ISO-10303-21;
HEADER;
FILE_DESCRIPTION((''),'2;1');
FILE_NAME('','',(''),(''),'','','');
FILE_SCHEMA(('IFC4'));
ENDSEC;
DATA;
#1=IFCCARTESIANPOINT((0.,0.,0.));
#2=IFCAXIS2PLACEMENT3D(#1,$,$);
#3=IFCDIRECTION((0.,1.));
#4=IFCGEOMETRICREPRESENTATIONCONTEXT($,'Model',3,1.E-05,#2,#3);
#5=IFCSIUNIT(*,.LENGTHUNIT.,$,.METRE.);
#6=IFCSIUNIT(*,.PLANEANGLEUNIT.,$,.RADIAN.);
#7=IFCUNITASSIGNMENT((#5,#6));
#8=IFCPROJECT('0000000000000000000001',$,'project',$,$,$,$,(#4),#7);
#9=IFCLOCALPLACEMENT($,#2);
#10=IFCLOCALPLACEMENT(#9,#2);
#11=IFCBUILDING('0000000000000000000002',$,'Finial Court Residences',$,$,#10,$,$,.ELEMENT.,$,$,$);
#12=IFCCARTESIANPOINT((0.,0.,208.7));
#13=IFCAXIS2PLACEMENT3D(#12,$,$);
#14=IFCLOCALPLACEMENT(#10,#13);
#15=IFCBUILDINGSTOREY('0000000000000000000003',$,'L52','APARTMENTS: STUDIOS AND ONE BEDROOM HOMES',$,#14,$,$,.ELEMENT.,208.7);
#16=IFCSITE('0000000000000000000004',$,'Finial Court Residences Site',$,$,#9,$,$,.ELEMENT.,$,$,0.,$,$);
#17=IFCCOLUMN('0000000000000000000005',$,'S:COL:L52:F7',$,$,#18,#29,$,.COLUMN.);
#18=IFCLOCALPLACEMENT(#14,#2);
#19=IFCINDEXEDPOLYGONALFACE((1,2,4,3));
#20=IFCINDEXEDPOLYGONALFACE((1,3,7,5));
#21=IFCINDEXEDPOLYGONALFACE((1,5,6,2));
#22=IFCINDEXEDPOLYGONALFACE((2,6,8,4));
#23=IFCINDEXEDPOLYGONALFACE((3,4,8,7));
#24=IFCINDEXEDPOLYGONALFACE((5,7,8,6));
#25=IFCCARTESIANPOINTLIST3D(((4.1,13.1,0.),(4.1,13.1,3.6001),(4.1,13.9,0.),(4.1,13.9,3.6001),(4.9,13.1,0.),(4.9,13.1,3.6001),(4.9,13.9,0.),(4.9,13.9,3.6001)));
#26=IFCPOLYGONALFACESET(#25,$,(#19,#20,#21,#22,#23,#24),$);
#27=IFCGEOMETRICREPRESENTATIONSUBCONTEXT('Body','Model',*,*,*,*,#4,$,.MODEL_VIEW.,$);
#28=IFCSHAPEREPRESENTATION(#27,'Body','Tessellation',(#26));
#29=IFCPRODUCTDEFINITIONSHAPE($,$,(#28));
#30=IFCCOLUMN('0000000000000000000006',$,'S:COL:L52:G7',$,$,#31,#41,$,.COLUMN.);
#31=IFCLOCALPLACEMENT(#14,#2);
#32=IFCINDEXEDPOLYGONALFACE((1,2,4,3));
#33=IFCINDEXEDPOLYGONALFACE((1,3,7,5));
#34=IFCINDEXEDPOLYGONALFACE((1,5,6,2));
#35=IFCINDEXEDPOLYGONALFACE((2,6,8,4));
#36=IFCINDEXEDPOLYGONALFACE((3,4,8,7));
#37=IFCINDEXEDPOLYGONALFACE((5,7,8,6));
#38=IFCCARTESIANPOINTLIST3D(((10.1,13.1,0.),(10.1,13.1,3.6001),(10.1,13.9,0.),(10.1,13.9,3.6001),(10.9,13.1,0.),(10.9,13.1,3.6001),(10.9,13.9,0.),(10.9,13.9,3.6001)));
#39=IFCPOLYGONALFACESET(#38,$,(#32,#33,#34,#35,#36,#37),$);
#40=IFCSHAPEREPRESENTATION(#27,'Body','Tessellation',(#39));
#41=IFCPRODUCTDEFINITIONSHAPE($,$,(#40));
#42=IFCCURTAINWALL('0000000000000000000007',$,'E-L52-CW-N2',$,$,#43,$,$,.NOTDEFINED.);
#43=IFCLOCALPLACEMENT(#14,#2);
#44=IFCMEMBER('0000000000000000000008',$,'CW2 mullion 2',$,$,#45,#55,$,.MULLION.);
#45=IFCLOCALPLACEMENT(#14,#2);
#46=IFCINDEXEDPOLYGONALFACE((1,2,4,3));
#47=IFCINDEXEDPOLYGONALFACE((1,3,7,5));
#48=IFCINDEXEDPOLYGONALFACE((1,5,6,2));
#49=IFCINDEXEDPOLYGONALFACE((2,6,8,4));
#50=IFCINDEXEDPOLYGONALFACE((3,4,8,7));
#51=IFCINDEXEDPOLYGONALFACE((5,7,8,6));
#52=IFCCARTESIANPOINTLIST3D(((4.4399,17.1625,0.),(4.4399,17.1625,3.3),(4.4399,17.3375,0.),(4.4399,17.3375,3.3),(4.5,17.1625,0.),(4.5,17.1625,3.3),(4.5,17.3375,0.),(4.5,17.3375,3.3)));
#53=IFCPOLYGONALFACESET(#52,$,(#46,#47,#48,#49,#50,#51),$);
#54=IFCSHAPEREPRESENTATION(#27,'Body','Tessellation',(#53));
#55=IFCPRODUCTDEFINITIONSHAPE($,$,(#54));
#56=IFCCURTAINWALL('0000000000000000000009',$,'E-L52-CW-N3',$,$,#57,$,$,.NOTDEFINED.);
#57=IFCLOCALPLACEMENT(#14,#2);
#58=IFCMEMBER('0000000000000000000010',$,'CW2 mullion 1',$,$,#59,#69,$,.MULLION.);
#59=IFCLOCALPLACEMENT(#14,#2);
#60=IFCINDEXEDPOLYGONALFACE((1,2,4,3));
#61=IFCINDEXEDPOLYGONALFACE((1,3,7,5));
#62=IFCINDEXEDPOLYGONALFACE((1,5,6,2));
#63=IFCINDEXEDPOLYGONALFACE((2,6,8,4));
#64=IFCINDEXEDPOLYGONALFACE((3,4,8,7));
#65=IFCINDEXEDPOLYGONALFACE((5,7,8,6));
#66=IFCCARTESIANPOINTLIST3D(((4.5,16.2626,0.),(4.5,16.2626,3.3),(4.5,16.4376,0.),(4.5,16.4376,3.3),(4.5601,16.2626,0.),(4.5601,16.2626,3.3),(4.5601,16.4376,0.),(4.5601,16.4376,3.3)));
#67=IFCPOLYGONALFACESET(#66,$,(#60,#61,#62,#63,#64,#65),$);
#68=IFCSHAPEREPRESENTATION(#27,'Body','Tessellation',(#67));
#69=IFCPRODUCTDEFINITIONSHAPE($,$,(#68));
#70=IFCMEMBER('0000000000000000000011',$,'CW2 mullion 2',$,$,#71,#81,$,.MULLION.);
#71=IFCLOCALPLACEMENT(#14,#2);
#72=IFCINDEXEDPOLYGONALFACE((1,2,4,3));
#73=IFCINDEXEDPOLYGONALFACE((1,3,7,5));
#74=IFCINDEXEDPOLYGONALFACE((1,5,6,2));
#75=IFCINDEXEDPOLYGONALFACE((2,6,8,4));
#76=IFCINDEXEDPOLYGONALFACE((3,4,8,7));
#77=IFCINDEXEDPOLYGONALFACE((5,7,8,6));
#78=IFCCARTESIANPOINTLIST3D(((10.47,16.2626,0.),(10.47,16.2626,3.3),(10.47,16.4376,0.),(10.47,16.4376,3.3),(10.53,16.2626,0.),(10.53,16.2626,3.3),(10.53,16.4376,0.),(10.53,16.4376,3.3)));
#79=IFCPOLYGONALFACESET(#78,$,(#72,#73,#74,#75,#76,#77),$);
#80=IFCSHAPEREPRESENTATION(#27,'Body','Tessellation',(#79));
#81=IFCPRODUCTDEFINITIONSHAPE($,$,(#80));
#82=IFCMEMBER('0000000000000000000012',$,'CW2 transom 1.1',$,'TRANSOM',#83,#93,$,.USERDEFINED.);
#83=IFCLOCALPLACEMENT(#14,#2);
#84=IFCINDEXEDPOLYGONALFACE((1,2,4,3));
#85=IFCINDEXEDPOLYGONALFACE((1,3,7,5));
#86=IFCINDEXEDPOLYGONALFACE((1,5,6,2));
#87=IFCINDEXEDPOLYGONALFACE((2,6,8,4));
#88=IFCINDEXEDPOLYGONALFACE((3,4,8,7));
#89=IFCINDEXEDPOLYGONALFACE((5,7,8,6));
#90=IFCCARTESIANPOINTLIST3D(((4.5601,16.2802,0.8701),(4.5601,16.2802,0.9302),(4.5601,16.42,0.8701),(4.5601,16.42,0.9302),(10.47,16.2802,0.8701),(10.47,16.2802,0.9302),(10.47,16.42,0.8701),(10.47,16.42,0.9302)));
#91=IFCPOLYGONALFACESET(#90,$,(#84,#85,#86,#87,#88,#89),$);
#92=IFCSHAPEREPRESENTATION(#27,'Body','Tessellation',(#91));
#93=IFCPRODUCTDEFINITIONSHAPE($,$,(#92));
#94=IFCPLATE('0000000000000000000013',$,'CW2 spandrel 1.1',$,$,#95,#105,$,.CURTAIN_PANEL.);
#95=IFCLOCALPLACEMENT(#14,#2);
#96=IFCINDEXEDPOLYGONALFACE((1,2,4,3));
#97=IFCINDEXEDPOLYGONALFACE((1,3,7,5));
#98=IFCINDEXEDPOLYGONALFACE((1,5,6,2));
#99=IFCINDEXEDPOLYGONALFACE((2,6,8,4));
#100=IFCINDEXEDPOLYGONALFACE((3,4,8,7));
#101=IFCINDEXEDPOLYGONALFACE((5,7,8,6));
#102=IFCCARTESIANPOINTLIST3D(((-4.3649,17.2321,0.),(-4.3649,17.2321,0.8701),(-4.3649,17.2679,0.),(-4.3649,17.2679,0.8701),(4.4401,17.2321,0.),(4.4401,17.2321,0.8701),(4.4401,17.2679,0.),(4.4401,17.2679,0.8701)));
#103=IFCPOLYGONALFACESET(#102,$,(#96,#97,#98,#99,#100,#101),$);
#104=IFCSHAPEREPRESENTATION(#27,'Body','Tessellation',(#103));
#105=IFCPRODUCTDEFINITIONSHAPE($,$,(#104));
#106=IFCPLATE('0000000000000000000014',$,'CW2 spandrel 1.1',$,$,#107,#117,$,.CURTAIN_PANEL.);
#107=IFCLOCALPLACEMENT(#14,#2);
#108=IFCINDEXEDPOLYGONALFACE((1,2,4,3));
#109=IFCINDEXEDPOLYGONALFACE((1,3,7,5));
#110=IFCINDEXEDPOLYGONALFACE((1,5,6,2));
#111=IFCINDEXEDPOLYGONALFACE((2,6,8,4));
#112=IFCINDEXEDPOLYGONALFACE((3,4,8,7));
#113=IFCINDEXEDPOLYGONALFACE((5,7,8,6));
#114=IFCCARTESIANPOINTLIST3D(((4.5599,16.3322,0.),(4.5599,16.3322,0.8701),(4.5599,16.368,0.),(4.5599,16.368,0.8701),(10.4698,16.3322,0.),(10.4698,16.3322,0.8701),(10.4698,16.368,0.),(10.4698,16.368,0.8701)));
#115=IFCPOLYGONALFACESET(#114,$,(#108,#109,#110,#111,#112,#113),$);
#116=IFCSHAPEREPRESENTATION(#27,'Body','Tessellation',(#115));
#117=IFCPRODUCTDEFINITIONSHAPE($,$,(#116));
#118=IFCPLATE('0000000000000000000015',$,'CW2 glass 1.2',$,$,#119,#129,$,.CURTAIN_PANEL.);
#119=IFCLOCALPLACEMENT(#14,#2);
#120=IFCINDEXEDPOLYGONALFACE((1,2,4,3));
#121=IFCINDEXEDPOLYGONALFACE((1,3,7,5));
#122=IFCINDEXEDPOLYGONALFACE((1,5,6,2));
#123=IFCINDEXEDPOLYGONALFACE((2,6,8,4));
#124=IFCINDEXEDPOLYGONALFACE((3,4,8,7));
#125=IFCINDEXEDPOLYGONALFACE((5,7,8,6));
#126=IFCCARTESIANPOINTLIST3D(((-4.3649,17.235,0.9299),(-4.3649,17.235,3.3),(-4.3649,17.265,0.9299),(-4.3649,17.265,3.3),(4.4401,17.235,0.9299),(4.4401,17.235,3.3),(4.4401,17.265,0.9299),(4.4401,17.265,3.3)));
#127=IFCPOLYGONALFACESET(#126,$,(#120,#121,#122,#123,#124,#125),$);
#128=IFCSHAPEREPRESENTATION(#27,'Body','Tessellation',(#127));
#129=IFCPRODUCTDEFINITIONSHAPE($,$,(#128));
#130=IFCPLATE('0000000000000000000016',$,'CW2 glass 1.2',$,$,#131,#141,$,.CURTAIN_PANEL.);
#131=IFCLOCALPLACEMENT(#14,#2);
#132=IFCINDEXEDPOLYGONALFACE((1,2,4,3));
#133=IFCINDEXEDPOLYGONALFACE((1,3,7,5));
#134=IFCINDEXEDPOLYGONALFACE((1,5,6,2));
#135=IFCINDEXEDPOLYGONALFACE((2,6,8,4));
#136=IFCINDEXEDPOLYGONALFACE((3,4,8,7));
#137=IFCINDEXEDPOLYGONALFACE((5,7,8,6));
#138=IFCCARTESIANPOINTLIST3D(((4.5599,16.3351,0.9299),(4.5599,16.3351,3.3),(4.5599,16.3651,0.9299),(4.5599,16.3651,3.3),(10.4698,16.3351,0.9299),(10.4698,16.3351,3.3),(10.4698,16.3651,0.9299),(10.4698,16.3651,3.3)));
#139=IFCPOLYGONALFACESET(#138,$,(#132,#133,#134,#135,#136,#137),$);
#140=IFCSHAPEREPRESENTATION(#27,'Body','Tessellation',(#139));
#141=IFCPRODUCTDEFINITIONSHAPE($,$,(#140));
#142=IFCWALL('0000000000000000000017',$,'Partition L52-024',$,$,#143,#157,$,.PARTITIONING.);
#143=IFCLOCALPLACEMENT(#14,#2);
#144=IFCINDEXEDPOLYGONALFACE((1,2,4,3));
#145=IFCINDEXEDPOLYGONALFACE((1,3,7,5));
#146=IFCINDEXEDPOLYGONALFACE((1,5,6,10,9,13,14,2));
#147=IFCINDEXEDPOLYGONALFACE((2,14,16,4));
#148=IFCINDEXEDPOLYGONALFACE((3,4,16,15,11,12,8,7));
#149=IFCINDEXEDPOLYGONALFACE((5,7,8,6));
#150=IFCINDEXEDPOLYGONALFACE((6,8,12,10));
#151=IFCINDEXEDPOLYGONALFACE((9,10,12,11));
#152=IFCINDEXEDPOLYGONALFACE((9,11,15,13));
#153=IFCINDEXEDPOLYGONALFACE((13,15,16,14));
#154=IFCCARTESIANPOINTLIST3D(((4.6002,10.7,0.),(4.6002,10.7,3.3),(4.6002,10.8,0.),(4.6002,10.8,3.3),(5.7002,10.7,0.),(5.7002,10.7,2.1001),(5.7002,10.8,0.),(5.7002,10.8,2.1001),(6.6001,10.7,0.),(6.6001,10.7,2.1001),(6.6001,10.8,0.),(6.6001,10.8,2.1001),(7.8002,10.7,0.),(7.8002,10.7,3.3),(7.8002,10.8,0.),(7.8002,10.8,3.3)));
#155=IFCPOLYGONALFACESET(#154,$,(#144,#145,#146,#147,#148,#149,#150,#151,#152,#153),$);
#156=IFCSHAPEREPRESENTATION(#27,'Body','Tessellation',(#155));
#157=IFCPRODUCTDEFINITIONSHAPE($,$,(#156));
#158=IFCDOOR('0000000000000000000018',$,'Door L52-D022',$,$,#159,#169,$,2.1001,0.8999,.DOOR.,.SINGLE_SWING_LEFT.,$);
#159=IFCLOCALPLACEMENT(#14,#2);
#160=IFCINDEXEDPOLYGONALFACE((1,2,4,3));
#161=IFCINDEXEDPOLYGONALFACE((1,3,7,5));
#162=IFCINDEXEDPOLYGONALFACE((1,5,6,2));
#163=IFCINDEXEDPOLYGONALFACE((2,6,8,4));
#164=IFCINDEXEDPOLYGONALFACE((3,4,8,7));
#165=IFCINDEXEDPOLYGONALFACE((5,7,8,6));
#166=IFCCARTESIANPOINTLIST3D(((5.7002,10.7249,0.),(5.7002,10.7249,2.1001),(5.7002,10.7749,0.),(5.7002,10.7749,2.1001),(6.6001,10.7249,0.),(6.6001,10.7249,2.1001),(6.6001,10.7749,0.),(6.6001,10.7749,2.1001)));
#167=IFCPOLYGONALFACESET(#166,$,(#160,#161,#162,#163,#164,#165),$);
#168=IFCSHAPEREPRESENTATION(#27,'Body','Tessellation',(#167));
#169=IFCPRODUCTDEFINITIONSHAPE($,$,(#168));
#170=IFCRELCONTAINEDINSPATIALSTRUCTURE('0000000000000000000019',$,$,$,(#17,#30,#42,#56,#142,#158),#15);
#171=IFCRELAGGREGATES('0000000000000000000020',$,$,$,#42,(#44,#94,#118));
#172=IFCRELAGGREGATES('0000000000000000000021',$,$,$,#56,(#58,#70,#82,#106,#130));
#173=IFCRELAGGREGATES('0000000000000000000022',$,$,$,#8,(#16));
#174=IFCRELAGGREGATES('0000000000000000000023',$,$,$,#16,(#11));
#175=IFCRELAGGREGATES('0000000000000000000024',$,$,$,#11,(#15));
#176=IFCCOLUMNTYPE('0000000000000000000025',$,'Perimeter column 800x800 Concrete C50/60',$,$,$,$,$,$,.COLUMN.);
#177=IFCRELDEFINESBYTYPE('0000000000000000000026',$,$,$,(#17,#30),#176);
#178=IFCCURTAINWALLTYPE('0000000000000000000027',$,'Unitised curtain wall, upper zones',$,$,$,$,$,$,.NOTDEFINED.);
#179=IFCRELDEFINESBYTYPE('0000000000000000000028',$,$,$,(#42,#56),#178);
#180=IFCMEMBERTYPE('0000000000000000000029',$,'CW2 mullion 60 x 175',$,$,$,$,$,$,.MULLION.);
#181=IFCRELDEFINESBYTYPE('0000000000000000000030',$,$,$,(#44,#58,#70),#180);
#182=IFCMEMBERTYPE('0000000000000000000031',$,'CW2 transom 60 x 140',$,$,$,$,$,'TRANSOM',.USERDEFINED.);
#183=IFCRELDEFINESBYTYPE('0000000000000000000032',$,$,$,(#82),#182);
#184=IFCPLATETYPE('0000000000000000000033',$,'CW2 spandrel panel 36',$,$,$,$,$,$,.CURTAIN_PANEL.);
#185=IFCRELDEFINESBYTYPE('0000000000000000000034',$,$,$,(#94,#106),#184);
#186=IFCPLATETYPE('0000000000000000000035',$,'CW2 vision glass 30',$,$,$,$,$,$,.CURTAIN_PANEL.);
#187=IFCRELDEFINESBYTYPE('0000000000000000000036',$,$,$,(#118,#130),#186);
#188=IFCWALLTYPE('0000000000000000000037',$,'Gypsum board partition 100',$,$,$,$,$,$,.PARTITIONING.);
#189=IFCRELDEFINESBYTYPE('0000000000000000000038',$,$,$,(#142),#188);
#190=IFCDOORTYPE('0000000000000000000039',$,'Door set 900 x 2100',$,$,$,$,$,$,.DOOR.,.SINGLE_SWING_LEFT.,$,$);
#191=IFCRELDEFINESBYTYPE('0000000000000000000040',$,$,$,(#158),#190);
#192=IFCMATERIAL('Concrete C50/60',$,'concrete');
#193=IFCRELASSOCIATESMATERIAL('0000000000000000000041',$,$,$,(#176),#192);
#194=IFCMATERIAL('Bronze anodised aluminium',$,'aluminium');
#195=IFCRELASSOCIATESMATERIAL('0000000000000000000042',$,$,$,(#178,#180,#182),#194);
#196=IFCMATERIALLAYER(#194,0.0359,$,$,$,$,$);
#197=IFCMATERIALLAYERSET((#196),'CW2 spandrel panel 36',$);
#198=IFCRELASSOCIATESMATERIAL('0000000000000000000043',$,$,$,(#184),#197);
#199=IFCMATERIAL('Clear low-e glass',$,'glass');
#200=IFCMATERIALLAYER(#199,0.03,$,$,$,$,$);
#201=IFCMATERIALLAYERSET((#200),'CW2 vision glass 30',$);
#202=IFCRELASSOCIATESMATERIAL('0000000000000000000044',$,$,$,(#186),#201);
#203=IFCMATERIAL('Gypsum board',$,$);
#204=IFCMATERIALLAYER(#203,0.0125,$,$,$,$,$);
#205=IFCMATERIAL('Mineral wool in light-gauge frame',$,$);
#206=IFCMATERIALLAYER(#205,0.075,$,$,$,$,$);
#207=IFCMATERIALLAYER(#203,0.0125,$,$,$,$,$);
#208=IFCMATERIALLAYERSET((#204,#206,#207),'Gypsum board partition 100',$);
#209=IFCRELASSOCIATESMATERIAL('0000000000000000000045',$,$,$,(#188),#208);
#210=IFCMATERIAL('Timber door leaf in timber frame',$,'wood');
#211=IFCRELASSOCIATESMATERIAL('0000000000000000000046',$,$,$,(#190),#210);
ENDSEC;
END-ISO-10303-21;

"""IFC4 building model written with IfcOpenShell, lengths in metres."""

from ifc_helpers import new_model, si_unit, direction, frame, frame_2d, origin, origin_2d, place, context, subcontext, project, spatial, rectangle, extrude, material, layer, layer_set, material_profile, profile_set, type_object, element, fill, aggregate, save


model = new_model("IFC4")

# Units and contexts
model_context = context("Model", 3, precision=1e-05, world=origin(), true_north=direction((0.0, 1.0)))
body_context = subcontext(model_context, "Body", "Model", "MODEL_VIEW")
ifc_project = project(units=[si_unit("LENGTHUNIT", "METRE"), si_unit("PLANEANGLEUNIT", "RADIAN")], contexts=[model_context])

# Site, building, storey
site_placement = place(None, origin())
site = spatial("IfcSite", under=ifc_project, at=site_placement, Name="Finial Court Residences Site", CompositionType="ELEMENT", RefElevation=0.0)
building_placement = place(site_placement, origin())
building = spatial("IfcBuilding", under=site, at=building_placement, Name="Finial Court Residences", CompositionType="ELEMENT")
storey_placement = place(building_placement, frame((0.0, 0.0, 208.7)))
storey = spatial("IfcBuildingStorey", under=building, at=storey_placement, Name="L52", Description="APARTMENTS: STUDIOS AND ONE BEDROOM HOMES", CompositionType="ELEMENT", Elevation=208.7)

# Columns
ifc_material_1 = material(Name="Concrete C50/60", Category="concrete")
ifc_material_profile_1 = material_profile(ifc_material_1, rectangle(XDim=0.8, YDim=0.8, at=origin_2d()), Name="800x800")
ifc_profile_set_1 = profile_set([ifc_material_profile_1], Name="Concrete C50/60")
column_type = type_object("IfcColumnType", Name="Perimeter column 800x800 Concrete C50/60", PredefinedType="COLUMN", material=ifc_profile_set_1)
for number, where, z_axis, x_axis, name in (
    (1, (4.5, 13.5, 0.0), (0.0, 0.0, 1.0), (1.0, 0.0, 0.0), "S:COL:L52:F7"),
    (2, (10.5, 13.5, 0.0), (0.0, 0.0, 1.0), (1.0, 0.0, 0.0), "S:COL:L52:G7"),
):
    element("IfcColumn", number, at=place(storey_placement, frame(where, z_axis=z_axis, x_axis=x_axis)), inside=storey, type_object=column_type, Name=name, PredefinedType="COLUMN", context=body_context, shape_type="SweptSolid", body=[
        extrude(rectangle(XDim=0.8, YDim=0.8, at=origin_2d()), origin(), (0.0, 0.0, 1.0), 3.6001),
    ])

# Curtain wall, member
ifc_material_2 = material(Name="Bronze anodised aluminium", Category="aluminium")
curtain_wall_type = type_object("IfcCurtainWallType", Name="Unitised curtain wall, upper zones", PredefinedType="NOTDEFINED", material=ifc_material_2)
curtain_wall_1_placement = place(storey_placement, origin())
curtain_wall_1 = element("IfcCurtainWall", 3, at=curtain_wall_1_placement, inside=storey, type_object=curtain_wall_type, Name="E-L52-CW-N2", PredefinedType="NOTDEFINED")
ifc_material_profile_2 = material_profile(ifc_material_2, rectangle(XDim=0.175, YDim=0.0601, at=origin_2d()), Name="CW2 mullion 60 x 175")
ifc_profile_set_2 = profile_set([ifc_material_profile_2], Name="Bronze anodised aluminium")
member_type_1 = type_object("IfcMemberType", Name="CW2 mullion 60 x 175", PredefinedType="MULLION", material=ifc_profile_set_2)
member_1_placement = place(storey_placement, frame((4.47, 17.25, 0.0), z_axis=(0.0, 0.0, 1.0), x_axis=(0.0, 1.0, 0.0)))
member_1 = element("IfcMember", 4, at=member_1_placement, type_object=member_type_1, Name="CW2 mullion 2", PredefinedType="MULLION", context=body_context, shape_type="SweptSolid", body=[
    extrude(rectangle(XDim=0.175, YDim=0.0601, at=origin_2d()), origin(), (0.0, 0.0, 1.0), 3.3),
])

# Curtain wall, members
curtain_wall_2_placement = place(storey_placement, origin())
curtain_wall_2 = element("IfcCurtainWall", 5, at=curtain_wall_2_placement, inside=storey, type_object=curtain_wall_type, Name="E-L52-CW-N3", PredefinedType="NOTDEFINED")
member_2_placement = place(storey_placement, frame((4.53, 16.3501, 0.0), z_axis=(0.0, 0.0, 1.0), x_axis=(0.0, 1.0, 0.0)))
member_2 = element("IfcMember", 6, at=member_2_placement, type_object=member_type_1, Name="CW2 mullion 1", PredefinedType="MULLION", context=body_context, shape_type="SweptSolid", body=[
    extrude(rectangle(XDim=0.175, YDim=0.0601, at=origin_2d()), origin(), (0.0, 0.0, 1.0), 3.3),
])
member_3_placement = place(storey_placement, frame((10.5, 16.3501, 0.0), z_axis=(0.0, 0.0, 1.0), x_axis=(0.0, 1.0, 0.0)))
member_3 = element("IfcMember", 7, at=member_3_placement, type_object=member_type_1, Name="CW2 mullion 2", PredefinedType="MULLION", context=body_context, shape_type="SweptSolid", body=[
    extrude(rectangle(XDim=0.175, YDim=0.0601, at=origin_2d()), origin(), (0.0, 0.0, 1.0), 3.3),
])
ifc_material_profile_3 = material_profile(ifc_material_2, rectangle(XDim=0.1399, YDim=0.0601, at=origin_2d()), Name="CW2 transom 60 x 140")
ifc_profile_set_3 = profile_set([ifc_material_profile_3], Name="Bronze anodised aluminium")
member_type_2 = type_object("IfcMemberType", Name="CW2 transom 60 x 140", ElementType="TRANSOM", PredefinedType="USERDEFINED", material=ifc_profile_set_3)
member_4_placement = place(storey_placement, frame((4.5601, 16.3501, 0.9001), z_axis=(1.0, 0.0, 0.0), x_axis=(0.0, 1.0, 0.0)))
member_4 = element("IfcMember", 8, at=member_4_placement, type_object=member_type_2, Name="CW2 transom 1.1", ObjectType="TRANSOM", PredefinedType="USERDEFINED", context=body_context, shape_type="SweptSolid", body=[
    extrude(rectangle(XDim=0.1399, YDim=0.0601, at=origin_2d()), origin(), (0.0, 0.0, 1.0), 5.9099),
])

# Plates
ifc_layer_1 = layer(ifc_material_2, 0.0359)
ifc_layer_set_1 = layer_set([ifc_layer_1], Name="CW2 spandrel panel 36")
plate_type_1 = type_object("IfcPlateType", Name="CW2 spandrel panel 36", PredefinedType="CURTAIN_PANEL", material=ifc_layer_set_1)
plate_1_placement = place(storey_placement, frame((0.0376, 17.25, 0.0), z_axis=(0.0, 0.0, 1.0), x_axis=(1.0, 0.0, 0.0)))
plate_1 = element("IfcPlate", 9, at=plate_1_placement, type_object=plate_type_1, Name="CW2 spandrel 1.1", PredefinedType="CURTAIN_PANEL", context=body_context, shape_type="SweptSolid", body=[
    extrude(rectangle(XDim=8.8049, YDim=0.0359, at=origin_2d()), origin(), (0.0, 0.0, 1.0), 0.8701),
])
plate_2_placement = place(storey_placement, frame((7.5149, 16.3501, 0.0), z_axis=(0.0, 0.0, 1.0), x_axis=(1.0, 0.0, 0.0)))
plate_2 = element("IfcPlate", 10, at=plate_2_placement, type_object=plate_type_1, Name="CW2 spandrel 1.1", PredefinedType="CURTAIN_PANEL", context=body_context, shape_type="SweptSolid", body=[
    extrude(rectangle(XDim=5.9099, YDim=0.0359, at=origin_2d()), origin(), (0.0, 0.0, 1.0), 0.8701),
])
ifc_material_3 = material(Name="Clear low-e glass", Category="glass")
ifc_layer_2 = layer(ifc_material_3, 0.03)
ifc_layer_set_2 = layer_set([ifc_layer_2], Name="CW2 vision glass 30")
plate_type_2 = type_object("IfcPlateType", Name="CW2 vision glass 30", PredefinedType="CURTAIN_PANEL", material=ifc_layer_set_2)
plate_3_placement = place(storey_placement, frame((0.0376, 17.25, 0.9299), z_axis=(0.0, 0.0, 1.0), x_axis=(1.0, 0.0, 0.0)))
plate_3 = element("IfcPlate", 11, at=plate_3_placement, type_object=plate_type_2, Name="CW2 glass 1.2", PredefinedType="CURTAIN_PANEL", context=body_context, shape_type="SweptSolid", body=[
    extrude(rectangle(XDim=8.8049, YDim=0.03, at=origin_2d()), origin(), (0.0, 0.0, 1.0), 2.3701),
])
aggregate(curtain_wall_1, [member_1, plate_1, plate_3])
plate_4_placement = place(storey_placement, frame((7.5149, 16.3501, 0.9299), z_axis=(0.0, 0.0, 1.0), x_axis=(1.0, 0.0, 0.0)))
plate_4 = element("IfcPlate", 12, at=plate_4_placement, type_object=plate_type_2, Name="CW2 glass 1.2", PredefinedType="CURTAIN_PANEL", context=body_context, shape_type="SweptSolid", body=[
    extrude(rectangle(XDim=5.9099, YDim=0.03, at=origin_2d()), origin(), (0.0, 0.0, 1.0), 2.3701),
])
aggregate(curtain_wall_2, [member_2, member_3, member_4, plate_2, plate_4])

# Wall, opening, door
ifc_material_4 = material(Name="Gypsum board")
ifc_layer_3 = layer(ifc_material_4, 0.0125)
ifc_material_5 = material(Name="Mineral wool in light-gauge frame")
ifc_layer_4 = layer(ifc_material_5, 0.075)
ifc_layer_5 = layer(ifc_material_4, 0.0125)
ifc_layer_set_3 = layer_set([ifc_layer_3, ifc_layer_4, ifc_layer_5], Name="Gypsum board partition 100")
wall_type_1 = type_object("IfcWallType", Name="Gypsum board partition 100", PredefinedType="PARTITIONING", material=ifc_layer_set_3)
wall_1_placement = place(storey_placement, frame((4.6001, 10.75, 0.0), z_axis=(0.0, 0.0, 1.0), x_axis=(1.0, 0.0, 0.0)))
wall_1 = element("IfcWall", 13, at=wall_1_placement, inside=storey, type_object=wall_type_1, Name="Partition L52-024", PredefinedType="PARTITIONING", context=body_context, shape_type="SweptSolid", body=[
    extrude(rectangle(XDim=3.2, YDim=0.1001, at=frame_2d((1.6001, 0.0))), origin(), (0.0, 0.0, 1.0), 3.3),
])
opening_1_placement = place(wall_1_placement, frame((1.1001, 0.0, 0.0)))
opening_1 = element("IfcOpeningElement", 14, at=opening_1_placement, cuts=wall_1, PredefinedType="OPENING", context=body_context, shape_type="SweptSolid", body=[
    extrude(rectangle(XDim=0.8999, YDim=2.1001, at=frame_2d((0.45, 1.05))), frame((0.0, 0.0601, 0.0), z_axis=(0.0, -1.0, 0.0), x_axis=(1.0, 0.0, 0.0)), (0.0, 0.0, 1.0), 0.1201),
])
ifc_material_6 = material(Name="Timber door leaf in timber frame", Category="wood")
door_type = type_object("IfcDoorType", Name="Door set 900 x 2100", OperationType="SINGLE_SWING_LEFT", PredefinedType="DOOR", material=ifc_material_6)
door_1_placement = place(opening_1_placement, origin())
door_1 = element("IfcDoor", 15, at=door_1_placement, inside=storey, type_object=door_type, Name="Door L52-D022", OperationType="SINGLE_SWING_LEFT", OverallHeight=2.1001, OverallWidth=0.8999, PredefinedType="DOOR", context=body_context, shape_type="SweptSolid", body=[
    extrude(rectangle(XDim=0.8999, YDim=2.1001, at=frame_2d((0.45, 1.05))), frame((0.0, 0.0249, 0.0), z_axis=(0.0, -1.0, 0.0), x_axis=(1.0, 0.0, 0.0)), (0.0, 0.0, 1.0), 0.05),
])
fill(opening_1, door_1)

save(model, "model.ifc")
